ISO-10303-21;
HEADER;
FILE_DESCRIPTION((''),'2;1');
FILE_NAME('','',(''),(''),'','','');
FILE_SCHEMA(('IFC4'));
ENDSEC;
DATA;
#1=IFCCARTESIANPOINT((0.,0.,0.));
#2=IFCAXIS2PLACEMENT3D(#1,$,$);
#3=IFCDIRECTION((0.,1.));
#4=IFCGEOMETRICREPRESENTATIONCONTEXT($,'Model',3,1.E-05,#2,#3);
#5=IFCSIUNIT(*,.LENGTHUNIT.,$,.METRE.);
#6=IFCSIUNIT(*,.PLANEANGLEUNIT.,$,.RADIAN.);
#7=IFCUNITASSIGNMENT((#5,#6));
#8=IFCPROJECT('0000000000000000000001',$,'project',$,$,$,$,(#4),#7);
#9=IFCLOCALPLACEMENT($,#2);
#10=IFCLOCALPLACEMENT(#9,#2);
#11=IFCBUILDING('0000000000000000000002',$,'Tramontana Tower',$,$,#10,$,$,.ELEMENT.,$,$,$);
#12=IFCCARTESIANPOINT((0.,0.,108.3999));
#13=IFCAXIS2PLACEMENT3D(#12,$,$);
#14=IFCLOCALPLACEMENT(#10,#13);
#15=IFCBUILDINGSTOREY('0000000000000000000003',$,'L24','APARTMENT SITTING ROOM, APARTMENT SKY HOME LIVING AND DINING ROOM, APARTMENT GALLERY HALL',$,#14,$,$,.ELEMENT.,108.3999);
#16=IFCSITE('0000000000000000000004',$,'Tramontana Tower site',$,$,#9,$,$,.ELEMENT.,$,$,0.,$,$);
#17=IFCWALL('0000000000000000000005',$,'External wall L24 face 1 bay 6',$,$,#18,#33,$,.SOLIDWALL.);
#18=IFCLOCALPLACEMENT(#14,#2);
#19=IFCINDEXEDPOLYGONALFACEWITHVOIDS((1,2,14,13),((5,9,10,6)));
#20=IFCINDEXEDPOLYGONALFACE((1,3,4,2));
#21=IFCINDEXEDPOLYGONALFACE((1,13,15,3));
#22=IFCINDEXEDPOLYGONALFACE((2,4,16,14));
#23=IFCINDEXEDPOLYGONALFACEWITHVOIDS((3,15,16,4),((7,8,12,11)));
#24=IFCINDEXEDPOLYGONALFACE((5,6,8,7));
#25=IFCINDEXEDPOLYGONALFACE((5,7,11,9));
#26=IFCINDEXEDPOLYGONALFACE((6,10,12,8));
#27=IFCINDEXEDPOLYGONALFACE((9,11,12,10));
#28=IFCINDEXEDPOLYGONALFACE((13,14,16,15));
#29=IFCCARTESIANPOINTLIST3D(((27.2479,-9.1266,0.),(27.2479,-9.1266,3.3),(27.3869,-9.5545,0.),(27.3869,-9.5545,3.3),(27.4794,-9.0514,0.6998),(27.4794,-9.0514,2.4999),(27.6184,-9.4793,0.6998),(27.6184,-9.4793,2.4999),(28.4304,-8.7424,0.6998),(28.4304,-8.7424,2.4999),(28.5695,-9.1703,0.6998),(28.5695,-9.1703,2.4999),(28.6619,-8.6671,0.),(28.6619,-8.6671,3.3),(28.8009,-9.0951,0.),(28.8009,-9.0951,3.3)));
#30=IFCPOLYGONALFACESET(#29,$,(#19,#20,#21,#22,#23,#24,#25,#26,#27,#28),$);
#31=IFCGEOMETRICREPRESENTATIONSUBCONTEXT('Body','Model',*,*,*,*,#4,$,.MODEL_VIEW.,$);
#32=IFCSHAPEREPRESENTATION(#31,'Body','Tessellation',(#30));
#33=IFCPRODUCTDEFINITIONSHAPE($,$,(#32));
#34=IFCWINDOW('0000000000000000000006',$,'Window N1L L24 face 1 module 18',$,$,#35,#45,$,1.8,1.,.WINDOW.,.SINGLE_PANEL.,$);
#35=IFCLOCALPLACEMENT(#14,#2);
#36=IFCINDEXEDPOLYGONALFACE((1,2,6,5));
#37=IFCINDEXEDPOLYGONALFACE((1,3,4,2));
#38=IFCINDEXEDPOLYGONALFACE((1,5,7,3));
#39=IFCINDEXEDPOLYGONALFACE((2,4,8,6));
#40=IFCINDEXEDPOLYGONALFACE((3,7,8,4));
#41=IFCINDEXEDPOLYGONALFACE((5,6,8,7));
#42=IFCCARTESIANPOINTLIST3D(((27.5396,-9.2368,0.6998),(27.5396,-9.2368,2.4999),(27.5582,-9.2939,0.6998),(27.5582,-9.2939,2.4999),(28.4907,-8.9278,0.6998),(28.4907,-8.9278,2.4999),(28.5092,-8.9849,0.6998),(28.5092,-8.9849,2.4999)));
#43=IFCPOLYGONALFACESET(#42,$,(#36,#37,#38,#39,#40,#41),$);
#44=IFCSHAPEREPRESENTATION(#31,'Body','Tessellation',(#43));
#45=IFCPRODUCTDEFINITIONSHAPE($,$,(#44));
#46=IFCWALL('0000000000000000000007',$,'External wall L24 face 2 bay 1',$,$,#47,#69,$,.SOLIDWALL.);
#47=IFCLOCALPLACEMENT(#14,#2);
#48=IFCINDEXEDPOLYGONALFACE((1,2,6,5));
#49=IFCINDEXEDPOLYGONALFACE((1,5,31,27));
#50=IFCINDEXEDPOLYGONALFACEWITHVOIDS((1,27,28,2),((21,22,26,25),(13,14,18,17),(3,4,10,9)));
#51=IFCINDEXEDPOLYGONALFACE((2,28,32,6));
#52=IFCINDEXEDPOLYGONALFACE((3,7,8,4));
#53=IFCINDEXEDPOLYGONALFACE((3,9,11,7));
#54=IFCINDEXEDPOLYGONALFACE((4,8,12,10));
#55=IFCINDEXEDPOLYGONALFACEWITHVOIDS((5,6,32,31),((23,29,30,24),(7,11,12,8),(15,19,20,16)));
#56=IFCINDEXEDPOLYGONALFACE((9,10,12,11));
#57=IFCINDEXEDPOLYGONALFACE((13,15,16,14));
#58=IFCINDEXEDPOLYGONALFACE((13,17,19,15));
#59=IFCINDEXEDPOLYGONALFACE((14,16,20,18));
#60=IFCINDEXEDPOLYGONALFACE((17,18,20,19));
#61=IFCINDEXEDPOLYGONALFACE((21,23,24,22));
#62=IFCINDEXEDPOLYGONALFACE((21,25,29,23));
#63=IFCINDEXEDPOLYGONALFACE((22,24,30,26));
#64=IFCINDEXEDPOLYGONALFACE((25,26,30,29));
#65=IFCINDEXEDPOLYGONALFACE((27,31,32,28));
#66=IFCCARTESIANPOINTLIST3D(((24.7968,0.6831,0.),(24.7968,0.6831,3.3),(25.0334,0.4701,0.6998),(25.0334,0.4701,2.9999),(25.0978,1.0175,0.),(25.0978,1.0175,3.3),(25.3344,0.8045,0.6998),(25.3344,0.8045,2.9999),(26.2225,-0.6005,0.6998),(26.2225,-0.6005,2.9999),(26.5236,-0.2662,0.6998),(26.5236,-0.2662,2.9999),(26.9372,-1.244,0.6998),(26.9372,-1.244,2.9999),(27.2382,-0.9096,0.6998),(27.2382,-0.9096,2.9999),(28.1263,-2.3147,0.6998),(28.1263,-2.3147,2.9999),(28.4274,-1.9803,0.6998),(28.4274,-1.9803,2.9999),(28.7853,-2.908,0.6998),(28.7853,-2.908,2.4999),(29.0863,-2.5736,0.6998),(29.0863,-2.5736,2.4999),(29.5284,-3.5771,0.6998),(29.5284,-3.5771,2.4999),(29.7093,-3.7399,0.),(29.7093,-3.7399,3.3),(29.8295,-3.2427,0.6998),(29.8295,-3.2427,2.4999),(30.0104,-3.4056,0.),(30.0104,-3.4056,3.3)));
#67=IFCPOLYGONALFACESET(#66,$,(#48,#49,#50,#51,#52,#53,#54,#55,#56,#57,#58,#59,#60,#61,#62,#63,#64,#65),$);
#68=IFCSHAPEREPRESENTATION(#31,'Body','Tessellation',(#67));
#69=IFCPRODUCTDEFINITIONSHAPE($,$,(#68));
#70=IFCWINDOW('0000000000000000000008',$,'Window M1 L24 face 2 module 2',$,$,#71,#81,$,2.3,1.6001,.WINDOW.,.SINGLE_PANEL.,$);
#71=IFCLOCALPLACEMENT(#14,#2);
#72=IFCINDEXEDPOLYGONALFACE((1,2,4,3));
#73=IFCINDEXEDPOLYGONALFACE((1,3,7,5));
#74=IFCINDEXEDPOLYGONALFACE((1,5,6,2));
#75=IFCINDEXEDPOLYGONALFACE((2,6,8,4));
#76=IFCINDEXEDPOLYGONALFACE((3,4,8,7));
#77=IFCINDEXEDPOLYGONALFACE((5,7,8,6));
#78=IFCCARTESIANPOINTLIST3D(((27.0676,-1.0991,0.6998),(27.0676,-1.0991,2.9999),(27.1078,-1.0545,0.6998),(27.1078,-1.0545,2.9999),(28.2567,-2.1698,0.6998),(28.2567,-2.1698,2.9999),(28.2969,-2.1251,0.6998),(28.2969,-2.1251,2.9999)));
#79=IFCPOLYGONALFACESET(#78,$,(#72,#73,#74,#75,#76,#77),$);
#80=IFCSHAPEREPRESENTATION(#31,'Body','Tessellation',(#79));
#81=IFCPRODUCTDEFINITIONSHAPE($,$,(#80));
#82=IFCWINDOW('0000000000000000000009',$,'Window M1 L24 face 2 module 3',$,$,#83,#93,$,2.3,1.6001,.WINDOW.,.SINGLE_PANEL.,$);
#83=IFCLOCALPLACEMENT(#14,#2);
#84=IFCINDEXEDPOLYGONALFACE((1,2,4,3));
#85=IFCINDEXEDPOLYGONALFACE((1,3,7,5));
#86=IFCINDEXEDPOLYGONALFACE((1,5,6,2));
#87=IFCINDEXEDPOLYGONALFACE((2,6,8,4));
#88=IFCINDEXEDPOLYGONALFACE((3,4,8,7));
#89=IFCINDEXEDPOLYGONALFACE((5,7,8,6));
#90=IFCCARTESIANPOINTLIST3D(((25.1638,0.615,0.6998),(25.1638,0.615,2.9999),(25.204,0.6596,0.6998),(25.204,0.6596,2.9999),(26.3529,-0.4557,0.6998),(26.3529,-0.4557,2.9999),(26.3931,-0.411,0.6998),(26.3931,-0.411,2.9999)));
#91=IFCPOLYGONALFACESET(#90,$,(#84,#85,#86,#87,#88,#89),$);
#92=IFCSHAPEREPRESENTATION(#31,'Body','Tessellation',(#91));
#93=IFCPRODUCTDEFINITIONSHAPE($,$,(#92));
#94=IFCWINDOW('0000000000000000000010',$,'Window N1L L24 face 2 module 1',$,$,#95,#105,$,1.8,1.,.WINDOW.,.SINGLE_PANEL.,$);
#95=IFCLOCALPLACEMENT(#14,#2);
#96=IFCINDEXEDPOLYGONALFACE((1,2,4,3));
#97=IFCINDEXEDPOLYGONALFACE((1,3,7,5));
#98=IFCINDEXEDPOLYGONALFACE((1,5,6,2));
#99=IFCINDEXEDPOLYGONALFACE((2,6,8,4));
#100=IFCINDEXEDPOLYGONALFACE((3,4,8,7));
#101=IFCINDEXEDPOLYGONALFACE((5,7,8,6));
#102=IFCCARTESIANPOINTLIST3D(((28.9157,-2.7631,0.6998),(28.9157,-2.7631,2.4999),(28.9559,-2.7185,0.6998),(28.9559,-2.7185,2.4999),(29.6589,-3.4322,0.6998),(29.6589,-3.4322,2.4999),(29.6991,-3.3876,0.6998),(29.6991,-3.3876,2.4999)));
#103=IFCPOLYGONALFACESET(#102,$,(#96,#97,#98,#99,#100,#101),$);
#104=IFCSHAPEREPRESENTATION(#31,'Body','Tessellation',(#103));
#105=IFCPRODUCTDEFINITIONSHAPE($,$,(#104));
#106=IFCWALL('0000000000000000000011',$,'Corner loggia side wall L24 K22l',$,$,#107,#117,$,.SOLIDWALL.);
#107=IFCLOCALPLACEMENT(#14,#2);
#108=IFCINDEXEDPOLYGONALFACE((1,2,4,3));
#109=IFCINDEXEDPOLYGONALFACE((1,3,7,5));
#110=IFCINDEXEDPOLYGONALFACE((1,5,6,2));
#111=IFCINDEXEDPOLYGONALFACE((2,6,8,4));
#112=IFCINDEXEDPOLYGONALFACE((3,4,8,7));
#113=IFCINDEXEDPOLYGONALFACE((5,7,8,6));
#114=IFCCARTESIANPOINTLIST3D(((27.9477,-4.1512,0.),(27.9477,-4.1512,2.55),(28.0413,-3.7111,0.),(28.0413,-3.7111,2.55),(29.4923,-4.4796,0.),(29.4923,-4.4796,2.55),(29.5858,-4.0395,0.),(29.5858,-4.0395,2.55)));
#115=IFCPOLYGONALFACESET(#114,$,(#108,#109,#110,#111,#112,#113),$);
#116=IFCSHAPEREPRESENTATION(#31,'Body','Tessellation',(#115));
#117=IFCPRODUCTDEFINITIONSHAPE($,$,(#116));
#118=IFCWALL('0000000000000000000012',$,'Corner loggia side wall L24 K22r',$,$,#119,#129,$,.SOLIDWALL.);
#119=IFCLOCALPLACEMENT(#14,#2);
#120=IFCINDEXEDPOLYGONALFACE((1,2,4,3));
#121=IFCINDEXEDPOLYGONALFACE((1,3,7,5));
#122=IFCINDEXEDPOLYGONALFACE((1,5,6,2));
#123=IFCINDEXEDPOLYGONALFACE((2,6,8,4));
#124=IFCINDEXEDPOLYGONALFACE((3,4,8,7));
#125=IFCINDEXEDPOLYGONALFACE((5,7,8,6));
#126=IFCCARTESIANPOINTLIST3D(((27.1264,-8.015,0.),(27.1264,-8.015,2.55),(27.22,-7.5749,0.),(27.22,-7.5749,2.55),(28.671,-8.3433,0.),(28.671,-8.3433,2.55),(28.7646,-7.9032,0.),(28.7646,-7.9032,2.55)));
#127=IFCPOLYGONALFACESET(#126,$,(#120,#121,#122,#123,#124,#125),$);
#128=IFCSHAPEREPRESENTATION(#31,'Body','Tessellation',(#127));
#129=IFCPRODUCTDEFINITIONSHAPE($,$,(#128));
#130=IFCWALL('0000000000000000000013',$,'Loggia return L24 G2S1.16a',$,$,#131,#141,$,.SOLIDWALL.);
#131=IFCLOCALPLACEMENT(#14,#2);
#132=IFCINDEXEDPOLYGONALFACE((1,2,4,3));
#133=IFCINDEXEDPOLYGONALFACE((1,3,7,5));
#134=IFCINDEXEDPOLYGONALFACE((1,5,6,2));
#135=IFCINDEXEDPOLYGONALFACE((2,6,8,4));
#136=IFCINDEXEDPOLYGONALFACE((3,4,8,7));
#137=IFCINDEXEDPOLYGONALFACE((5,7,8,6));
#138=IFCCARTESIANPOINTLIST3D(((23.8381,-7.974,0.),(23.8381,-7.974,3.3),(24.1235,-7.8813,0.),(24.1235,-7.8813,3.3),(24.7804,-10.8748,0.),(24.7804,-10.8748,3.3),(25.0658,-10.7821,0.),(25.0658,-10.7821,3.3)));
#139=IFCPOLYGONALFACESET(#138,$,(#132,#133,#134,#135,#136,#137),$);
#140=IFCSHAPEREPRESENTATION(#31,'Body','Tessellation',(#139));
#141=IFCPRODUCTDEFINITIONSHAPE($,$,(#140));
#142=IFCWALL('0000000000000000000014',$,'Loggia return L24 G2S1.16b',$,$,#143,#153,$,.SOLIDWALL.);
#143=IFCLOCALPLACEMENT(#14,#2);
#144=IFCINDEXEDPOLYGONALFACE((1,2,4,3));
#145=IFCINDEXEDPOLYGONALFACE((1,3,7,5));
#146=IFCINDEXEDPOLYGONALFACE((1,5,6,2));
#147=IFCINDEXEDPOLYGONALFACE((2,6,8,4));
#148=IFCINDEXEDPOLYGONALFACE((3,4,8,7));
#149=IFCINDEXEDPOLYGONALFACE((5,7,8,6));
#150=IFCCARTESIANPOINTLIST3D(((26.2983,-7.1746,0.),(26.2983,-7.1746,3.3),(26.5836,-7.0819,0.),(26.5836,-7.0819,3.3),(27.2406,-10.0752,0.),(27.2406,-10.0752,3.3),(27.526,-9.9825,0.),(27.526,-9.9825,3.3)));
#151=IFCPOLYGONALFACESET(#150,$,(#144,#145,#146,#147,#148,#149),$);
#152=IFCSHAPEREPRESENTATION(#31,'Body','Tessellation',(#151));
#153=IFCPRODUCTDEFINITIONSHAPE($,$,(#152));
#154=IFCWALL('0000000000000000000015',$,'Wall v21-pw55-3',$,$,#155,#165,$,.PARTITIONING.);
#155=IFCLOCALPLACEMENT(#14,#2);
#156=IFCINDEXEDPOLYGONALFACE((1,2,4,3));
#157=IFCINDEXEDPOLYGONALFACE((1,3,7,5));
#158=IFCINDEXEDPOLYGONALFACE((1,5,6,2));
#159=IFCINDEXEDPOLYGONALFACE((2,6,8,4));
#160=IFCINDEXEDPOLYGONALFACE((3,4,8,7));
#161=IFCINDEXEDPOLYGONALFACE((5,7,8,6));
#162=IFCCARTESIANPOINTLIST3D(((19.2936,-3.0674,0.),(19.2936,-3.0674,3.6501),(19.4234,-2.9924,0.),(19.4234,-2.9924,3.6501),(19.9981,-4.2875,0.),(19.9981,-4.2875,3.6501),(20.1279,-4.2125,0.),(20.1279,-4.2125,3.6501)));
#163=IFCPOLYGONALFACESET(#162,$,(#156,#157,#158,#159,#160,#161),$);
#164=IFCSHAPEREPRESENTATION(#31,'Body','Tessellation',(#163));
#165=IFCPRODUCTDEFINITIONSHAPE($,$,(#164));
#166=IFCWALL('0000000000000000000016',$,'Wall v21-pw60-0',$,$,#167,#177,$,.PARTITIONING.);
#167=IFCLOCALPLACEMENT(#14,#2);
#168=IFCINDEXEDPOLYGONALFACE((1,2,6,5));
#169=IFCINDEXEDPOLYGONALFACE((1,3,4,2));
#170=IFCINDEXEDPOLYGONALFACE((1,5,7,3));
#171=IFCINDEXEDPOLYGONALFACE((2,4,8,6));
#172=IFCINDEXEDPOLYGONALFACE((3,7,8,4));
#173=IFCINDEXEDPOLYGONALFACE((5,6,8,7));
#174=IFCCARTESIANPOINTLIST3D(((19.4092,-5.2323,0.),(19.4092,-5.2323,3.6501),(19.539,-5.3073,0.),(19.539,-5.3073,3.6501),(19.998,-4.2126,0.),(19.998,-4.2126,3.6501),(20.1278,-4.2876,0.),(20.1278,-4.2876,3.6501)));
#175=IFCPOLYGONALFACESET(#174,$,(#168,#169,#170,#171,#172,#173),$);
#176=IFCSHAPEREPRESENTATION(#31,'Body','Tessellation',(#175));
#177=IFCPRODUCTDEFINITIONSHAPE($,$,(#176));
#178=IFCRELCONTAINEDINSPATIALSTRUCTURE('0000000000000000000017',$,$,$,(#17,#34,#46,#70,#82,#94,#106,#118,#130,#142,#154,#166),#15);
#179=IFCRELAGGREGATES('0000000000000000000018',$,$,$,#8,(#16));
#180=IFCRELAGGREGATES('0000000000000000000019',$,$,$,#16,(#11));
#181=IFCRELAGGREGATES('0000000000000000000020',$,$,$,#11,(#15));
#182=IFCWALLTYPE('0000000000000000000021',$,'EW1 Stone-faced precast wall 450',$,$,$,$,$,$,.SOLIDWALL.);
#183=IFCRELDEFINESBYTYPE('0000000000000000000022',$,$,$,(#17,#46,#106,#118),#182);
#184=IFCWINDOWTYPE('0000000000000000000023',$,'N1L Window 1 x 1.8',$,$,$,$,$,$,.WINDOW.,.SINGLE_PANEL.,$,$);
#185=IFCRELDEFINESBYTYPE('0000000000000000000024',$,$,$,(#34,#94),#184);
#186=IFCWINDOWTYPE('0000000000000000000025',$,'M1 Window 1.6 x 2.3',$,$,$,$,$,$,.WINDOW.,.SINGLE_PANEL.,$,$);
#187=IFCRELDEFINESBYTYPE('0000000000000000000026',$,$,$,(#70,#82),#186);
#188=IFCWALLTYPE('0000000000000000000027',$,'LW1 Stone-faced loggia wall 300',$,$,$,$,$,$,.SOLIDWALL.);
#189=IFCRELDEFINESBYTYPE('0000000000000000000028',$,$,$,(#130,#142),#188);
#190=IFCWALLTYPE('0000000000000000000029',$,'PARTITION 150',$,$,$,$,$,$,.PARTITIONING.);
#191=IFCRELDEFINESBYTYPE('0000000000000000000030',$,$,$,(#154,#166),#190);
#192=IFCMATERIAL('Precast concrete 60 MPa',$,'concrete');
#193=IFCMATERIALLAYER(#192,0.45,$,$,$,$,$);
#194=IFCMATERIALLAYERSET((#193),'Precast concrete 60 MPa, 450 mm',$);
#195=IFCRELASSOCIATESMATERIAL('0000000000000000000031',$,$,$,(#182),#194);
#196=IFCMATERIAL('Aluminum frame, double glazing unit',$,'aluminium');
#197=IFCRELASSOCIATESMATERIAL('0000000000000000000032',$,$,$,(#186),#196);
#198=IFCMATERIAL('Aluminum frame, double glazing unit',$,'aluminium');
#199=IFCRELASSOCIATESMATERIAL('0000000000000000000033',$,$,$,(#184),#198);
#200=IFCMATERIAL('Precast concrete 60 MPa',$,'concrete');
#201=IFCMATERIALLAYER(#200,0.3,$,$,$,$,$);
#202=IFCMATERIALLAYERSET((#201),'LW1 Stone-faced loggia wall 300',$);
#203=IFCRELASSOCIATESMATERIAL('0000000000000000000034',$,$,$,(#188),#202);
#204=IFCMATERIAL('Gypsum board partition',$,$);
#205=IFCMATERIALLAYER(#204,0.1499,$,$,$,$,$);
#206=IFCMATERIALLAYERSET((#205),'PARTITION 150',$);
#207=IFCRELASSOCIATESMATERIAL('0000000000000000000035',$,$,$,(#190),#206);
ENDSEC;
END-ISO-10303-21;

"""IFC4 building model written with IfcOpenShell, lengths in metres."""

from ifc_helpers import new_model, si_unit, direction, frame, frame_2d, origin, place, context, subcontext, project, spatial, rectangle, extrude, material, layer, layer_set, type_object, element, fill, save


model = new_model("IFC4")

# Units and contexts
model_context = context("Model", 3, precision=1e-05, world=origin(), true_north=direction((0.0, 1.0)))
body_context = subcontext(model_context, "Body", "Model", "MODEL_VIEW")
ifc_project = project(units=[si_unit("LENGTHUNIT", "METRE"), si_unit("PLANEANGLEUNIT", "RADIAN")], contexts=[model_context])

# Site, building, storey
site_placement = place(None, origin())
site = spatial("IfcSite", under=ifc_project, at=site_placement, Name="Tramontana Tower site", CompositionType="ELEMENT", RefElevation=0.0)
building_placement = place(site_placement, origin())
building = spatial("IfcBuilding", under=site, at=building_placement, Name="Tramontana Tower", CompositionType="ELEMENT")
storey_placement = place(building_placement, frame((0.0, 0.0, 108.3999)))
storey = spatial("IfcBuildingStorey", under=building, at=storey_placement, Name="L24", Description="APARTMENT SITTING ROOM, APARTMENT SKY HOME LIVING AND DINING ROOM, APARTMENT GALLERY HALL", CompositionType="ELEMENT", Elevation=108.3999)

# Wall, opening, window
ifc_material_1 = material(Name="Precast concrete 60 MPa", Category="concrete")
ifc_layer_1 = layer(ifc_material_1, 0.45)
ifc_layer_set_1 = layer_set([ifc_layer_1], Name="Precast concrete 60 MPa, 450 mm")
wall_type_1 = type_object("IfcWallType", Name="EW1 Stone-faced precast wall 450", PredefinedType="SOLIDWALL", material=ifc_layer_set_1)
ifc_material_2 = material(Name="Aluminum frame, double glazing unit", Category="aluminium")
window_type_1 = type_object("IfcWindowType", Name="M1 Window 1.6 x 2.3", PartitioningType="SINGLE_PANEL", PredefinedType="WINDOW", material=ifc_material_2)
wall_1_placement = place(storey_placement, frame((27.3174, -9.3406, 0.0), z_axis=(0.0, 0.0, 1.0), x_axis=(0.951053, 0.309027, 0.0)))
wall_1 = element("IfcWall", 1, at=wall_1_placement, inside=storey, type_object=wall_type_1, Name="External wall L24 face 1 bay 6", PredefinedType="SOLIDWALL", context=body_context, shape_type="SweptSolid", body=[
    extrude(rectangle(XDim=1.4868, YDim=0.45, at=frame_2d((0.7434, 0.0))), origin(), (0.0, 0.0, 1.0), 3.3),
])
opening_1_placement = place(wall_1_placement, frame((0.2434, 0.0, 0.7)))
opening_1 = element("IfcOpeningElement", 2, at=opening_1_placement, cuts=wall_1, PredefinedType="OPENING", context=body_context, shape_type="SweptSolid", body=[
    extrude(rectangle(XDim=1.0, YDim=1.8, at=frame_2d((0.5, 0.8999))), frame((0.0, 0.2349, 0.0), z_axis=(0.0, -1.0, 0.0), x_axis=(1.0, 0.0, 0.0)), (0.0, 0.0, 1.0), 0.47),
])
ifc_material_3 = material(Name="Aluminum frame, double glazing unit", Category="aluminium")
window_type_2 = type_object("IfcWindowType", Name="N1L Window 1 x 1.8", PartitioningType="SINGLE_PANEL", PredefinedType="WINDOW", material=ifc_material_3)
window_1_placement = place(opening_1_placement, origin())
window_1 = element("IfcWindow", 3, at=window_1_placement, inside=storey, type_object=window_type_2, Name="Window N1L L24 face 1 module 18", OverallHeight=1.8, OverallWidth=1.0, PartitioningType="SINGLE_PANEL", PredefinedType="WINDOW", context=body_context, shape_type="SweptSolid", body=[
    extrude(rectangle(XDim=1.0, YDim=1.8, at=frame_2d((0.5, 0.8999))), frame((0.0, 0.03, 0.0), z_axis=(0.0, -1.0, 0.0), x_axis=(1.0, 0.0, 0.0)), (0.0, 0.0, 1.0), 0.0601),
])
fill(opening_1, window_1)

# Wall, openings, windows
wall_2_placement = place(storey_placement, frame((29.8599, -3.5728, 0.0), z_axis=(0.0, 0.0, 1.0), x_axis=(-0.743162, 0.669112, 0.0)))
wall_2 = element("IfcWall", 4, at=wall_2_placement, inside=storey, type_object=wall_type_1, Name="External wall L24 face 2 bay 1", PredefinedType="SOLIDWALL", context=body_context, shape_type="SweptSolid", body=[
    extrude(rectangle(XDim=6.6104, YDim=0.45, at=frame_2d((3.3052, 0.0))), origin(), (0.0, 0.0, 1.0), 3.3),
])
opening_2_placement = place(wall_2_placement, frame((0.2434, 0.0, 0.7)))
opening_2 = element("IfcOpeningElement", 5, at=opening_2_placement, cuts=wall_2, PredefinedType="OPENING", context=body_context, shape_type="SweptSolid", body=[
    extrude(rectangle(XDim=1.0, YDim=1.8, at=frame_2d((0.5, 0.8999))), frame((0.0, 0.2349, 0.0), z_axis=(0.0, -1.0, 0.0), x_axis=(1.0, 0.0, 0.0)), (0.0, 0.0, 1.0), 0.47),
])
opening_3_placement = place(wall_2_placement, frame((2.1301, 0.0, 0.7)))
opening_3 = element("IfcOpeningElement", 6, at=opening_3_placement, cuts=wall_2, PredefinedType="OPENING", context=body_context, shape_type="SweptSolid", body=[
    extrude(rectangle(XDim=1.6001, YDim=2.3, at=frame_2d((0.8, 1.1499))), frame((0.0, 0.2349, 0.0), z_axis=(0.0, -1.0, 0.0), x_axis=(1.0, 0.0, 0.0)), (0.0, 0.0, 1.0), 0.47),
])
opening_4_placement = place(wall_2_placement, frame((4.6919, 0.0, 0.7)))
opening_4 = element("IfcOpeningElement", 7, at=opening_4_placement, cuts=wall_2, PredefinedType="OPENING", context=body_context, shape_type="SweptSolid", body=[
    extrude(rectangle(XDim=1.6001, YDim=2.3, at=frame_2d((0.8, 1.1499))), frame((0.0, 0.2349, 0.0), z_axis=(0.0, -1.0, 0.0), x_axis=(1.0, 0.0, 0.0)), (0.0, 0.0, 1.0), 0.47),
])
window_2_placement = place(opening_3_placement, origin())
window_2 = element("IfcWindow", 8, at=window_2_placement, inside=storey, type_object=window_type_1, Name="Window M1 L24 face 2 module 2", OverallHeight=2.3, OverallWidth=1.6001, PartitioningType="SINGLE_PANEL", PredefinedType="WINDOW", context=body_context, shape_type="SweptSolid", body=[
    extrude(rectangle(XDim=1.6001, YDim=2.3, at=frame_2d((0.8, 1.1499))), frame((0.0, 0.03, 0.0), z_axis=(0.0, -1.0, 0.0), x_axis=(1.0, 0.0, 0.0)), (0.0, 0.0, 1.0), 0.0601),
])
fill(opening_3, window_2)
window_3_placement = place(opening_4_placement, origin())
window_3 = element("IfcWindow", 9, at=window_3_placement, inside=storey, type_object=window_type_1, Name="Window M1 L24 face 2 module 3", OverallHeight=2.3, OverallWidth=1.6001, PartitioningType="SINGLE_PANEL", PredefinedType="WINDOW", context=body_context, shape_type="SweptSolid", body=[
    extrude(rectangle(XDim=1.6001, YDim=2.3, at=frame_2d((0.8, 1.1499))), frame((0.0, 0.03, 0.0), z_axis=(0.0, -1.0, 0.0), x_axis=(1.0, 0.0, 0.0)), (0.0, 0.0, 1.0), 0.0601),
])
fill(opening_4, window_3)
window_4_placement = place(opening_2_placement, origin())
window_4 = element("IfcWindow", 10, at=window_4_placement, inside=storey, type_object=window_type_2, Name="Window N1L L24 face 2 module 1", OverallHeight=1.8, OverallWidth=1.0, PartitioningType="SINGLE_PANEL", PredefinedType="WINDOW", context=body_context, shape_type="SweptSolid", body=[
    extrude(rectangle(XDim=1.0, YDim=1.8, at=frame_2d((0.5, 0.8999))), frame((0.0, 0.03, 0.0), z_axis=(0.0, -1.0, 0.0), x_axis=(1.0, 0.0, 0.0)), (0.0, 0.0, 1.0), 0.0601),
])
fill(opening_2, window_4)

# Walls
for number, where, z_axis, x_axis, name in (
    (11, (29.5391, -4.2595, 0.0), (0.0, 0.0, 1.0), (-0.978143, 0.207935, 0.0), "Corner loggia side wall L24 K22l"),
    (12, (28.7178, -8.1233, 0.0), (0.0, 0.0, 1.0), (-0.978143, 0.207935, 0.0), "Corner loggia side wall L24 K22r"),
):
    element("IfcWall", number, at=place(storey_placement, frame(where, z_axis=z_axis, x_axis=x_axis)), inside=storey, type_object=wall_type_1, Name=name, PredefinedType="SOLIDWALL", context=body_context, shape_type="SweptSolid", body=[
        extrude(rectangle(XDim=1.5791, YDim=0.45, at=frame_2d((0.7896, 0.0))), origin(), (0.0, 0.0, 1.0), 2.55),
    ])

# Shared definitions
ifc_material_4 = material(Name="Precast concrete 60 MPa", Category="concrete")
ifc_layer_2 = layer(ifc_material_4, 0.3)
ifc_layer_set_2 = layer_set([ifc_layer_2], Name="LW1 Stone-faced loggia wall 300")
wall_type_2 = type_object("IfcWallType", Name="LW1 Stone-faced loggia wall 300", PredefinedType="SOLIDWALL", material=ifc_layer_set_2)

# Walls
wall_3_placement = place(storey_placement, frame((24.9231, -10.8284, 0.0), z_axis=(0.0, 0.0, 1.0), x_axis=(-0.308967, 0.951073, 0.0)))
element("IfcWall", 13, at=wall_3_placement, inside=storey, type_object=wall_type_2, Name="Loggia return L24 G2S1.16a", PredefinedType="SOLIDWALL", context=body_context, shape_type="SweptSolid", body=[
    extrude(rectangle(XDim=3.05, YDim=0.3, at=frame_2d((1.5249, 0.0))), origin(), (0.0, 0.0, 1.0), 3.3),
])
wall_4_placement = place(storey_placement, frame((27.3833, -10.0288, 0.0), z_axis=(0.0, 0.0, 1.0), x_axis=(-0.30899, 0.951065, 0.0)))
element("IfcWall", 14, at=wall_4_placement, inside=storey, type_object=wall_type_2, Name="Loggia return L24 G2S1.16b", PredefinedType="SOLIDWALL", context=body_context, shape_type="SweptSolid", body=[
    extrude(rectangle(XDim=3.0498, YDim=0.3, at=frame_2d((1.5249, 0.0))), origin(), (0.0, 0.0, 1.0), 3.3),
])
ifc_material_5 = material(Name="Gypsum board partition")
ifc_layer_3 = layer(ifc_material_5, 0.1499)
ifc_layer_set_3 = layer_set([ifc_layer_3], Name="PARTITION 150")
wall_type_3 = type_object("IfcWallType", Name="PARTITION 150", PredefinedType="PARTITIONING", material=ifc_layer_set_3)
wall_5_placement = place(storey_placement, frame((19.3584, -3.0298, 0.0), z_axis=(0.0, 0.0, 1.0), x_axis=(0.500052, -0.865995, 0.0)))
element("IfcWall", 15, at=wall_5_placement, inside=storey, type_object=wall_type_3, Name="Wall v21-pw55-3", PredefinedType="PARTITIONING", context=body_context, shape_type="SweptSolid", body=[
    extrude(rectangle(XDim=1.4089, YDim=0.1499, at=frame_2d((0.7046, 0.0))), origin(), (0.0, 0.0, 1.0), 3.6501),
])
wall_6_placement = place(storey_placement, frame((20.063, -4.25, 0.0), z_axis=(0.0, 0.0, 1.0), x_axis=(-0.500063, -0.865989, 0.0)))
element("IfcWall", 16, at=wall_6_placement, inside=storey, type_object=wall_type_3, Name="Wall v21-pw60-0", PredefinedType="PARTITIONING", context=body_context, shape_type="SweptSolid", body=[
    extrude(rectangle(XDim=1.1775, YDim=0.1499, at=frame_2d((0.5889, 0.0))), origin(), (0.0, 0.0, 1.0), 3.6501),
])

save(model, "model.ifc")
